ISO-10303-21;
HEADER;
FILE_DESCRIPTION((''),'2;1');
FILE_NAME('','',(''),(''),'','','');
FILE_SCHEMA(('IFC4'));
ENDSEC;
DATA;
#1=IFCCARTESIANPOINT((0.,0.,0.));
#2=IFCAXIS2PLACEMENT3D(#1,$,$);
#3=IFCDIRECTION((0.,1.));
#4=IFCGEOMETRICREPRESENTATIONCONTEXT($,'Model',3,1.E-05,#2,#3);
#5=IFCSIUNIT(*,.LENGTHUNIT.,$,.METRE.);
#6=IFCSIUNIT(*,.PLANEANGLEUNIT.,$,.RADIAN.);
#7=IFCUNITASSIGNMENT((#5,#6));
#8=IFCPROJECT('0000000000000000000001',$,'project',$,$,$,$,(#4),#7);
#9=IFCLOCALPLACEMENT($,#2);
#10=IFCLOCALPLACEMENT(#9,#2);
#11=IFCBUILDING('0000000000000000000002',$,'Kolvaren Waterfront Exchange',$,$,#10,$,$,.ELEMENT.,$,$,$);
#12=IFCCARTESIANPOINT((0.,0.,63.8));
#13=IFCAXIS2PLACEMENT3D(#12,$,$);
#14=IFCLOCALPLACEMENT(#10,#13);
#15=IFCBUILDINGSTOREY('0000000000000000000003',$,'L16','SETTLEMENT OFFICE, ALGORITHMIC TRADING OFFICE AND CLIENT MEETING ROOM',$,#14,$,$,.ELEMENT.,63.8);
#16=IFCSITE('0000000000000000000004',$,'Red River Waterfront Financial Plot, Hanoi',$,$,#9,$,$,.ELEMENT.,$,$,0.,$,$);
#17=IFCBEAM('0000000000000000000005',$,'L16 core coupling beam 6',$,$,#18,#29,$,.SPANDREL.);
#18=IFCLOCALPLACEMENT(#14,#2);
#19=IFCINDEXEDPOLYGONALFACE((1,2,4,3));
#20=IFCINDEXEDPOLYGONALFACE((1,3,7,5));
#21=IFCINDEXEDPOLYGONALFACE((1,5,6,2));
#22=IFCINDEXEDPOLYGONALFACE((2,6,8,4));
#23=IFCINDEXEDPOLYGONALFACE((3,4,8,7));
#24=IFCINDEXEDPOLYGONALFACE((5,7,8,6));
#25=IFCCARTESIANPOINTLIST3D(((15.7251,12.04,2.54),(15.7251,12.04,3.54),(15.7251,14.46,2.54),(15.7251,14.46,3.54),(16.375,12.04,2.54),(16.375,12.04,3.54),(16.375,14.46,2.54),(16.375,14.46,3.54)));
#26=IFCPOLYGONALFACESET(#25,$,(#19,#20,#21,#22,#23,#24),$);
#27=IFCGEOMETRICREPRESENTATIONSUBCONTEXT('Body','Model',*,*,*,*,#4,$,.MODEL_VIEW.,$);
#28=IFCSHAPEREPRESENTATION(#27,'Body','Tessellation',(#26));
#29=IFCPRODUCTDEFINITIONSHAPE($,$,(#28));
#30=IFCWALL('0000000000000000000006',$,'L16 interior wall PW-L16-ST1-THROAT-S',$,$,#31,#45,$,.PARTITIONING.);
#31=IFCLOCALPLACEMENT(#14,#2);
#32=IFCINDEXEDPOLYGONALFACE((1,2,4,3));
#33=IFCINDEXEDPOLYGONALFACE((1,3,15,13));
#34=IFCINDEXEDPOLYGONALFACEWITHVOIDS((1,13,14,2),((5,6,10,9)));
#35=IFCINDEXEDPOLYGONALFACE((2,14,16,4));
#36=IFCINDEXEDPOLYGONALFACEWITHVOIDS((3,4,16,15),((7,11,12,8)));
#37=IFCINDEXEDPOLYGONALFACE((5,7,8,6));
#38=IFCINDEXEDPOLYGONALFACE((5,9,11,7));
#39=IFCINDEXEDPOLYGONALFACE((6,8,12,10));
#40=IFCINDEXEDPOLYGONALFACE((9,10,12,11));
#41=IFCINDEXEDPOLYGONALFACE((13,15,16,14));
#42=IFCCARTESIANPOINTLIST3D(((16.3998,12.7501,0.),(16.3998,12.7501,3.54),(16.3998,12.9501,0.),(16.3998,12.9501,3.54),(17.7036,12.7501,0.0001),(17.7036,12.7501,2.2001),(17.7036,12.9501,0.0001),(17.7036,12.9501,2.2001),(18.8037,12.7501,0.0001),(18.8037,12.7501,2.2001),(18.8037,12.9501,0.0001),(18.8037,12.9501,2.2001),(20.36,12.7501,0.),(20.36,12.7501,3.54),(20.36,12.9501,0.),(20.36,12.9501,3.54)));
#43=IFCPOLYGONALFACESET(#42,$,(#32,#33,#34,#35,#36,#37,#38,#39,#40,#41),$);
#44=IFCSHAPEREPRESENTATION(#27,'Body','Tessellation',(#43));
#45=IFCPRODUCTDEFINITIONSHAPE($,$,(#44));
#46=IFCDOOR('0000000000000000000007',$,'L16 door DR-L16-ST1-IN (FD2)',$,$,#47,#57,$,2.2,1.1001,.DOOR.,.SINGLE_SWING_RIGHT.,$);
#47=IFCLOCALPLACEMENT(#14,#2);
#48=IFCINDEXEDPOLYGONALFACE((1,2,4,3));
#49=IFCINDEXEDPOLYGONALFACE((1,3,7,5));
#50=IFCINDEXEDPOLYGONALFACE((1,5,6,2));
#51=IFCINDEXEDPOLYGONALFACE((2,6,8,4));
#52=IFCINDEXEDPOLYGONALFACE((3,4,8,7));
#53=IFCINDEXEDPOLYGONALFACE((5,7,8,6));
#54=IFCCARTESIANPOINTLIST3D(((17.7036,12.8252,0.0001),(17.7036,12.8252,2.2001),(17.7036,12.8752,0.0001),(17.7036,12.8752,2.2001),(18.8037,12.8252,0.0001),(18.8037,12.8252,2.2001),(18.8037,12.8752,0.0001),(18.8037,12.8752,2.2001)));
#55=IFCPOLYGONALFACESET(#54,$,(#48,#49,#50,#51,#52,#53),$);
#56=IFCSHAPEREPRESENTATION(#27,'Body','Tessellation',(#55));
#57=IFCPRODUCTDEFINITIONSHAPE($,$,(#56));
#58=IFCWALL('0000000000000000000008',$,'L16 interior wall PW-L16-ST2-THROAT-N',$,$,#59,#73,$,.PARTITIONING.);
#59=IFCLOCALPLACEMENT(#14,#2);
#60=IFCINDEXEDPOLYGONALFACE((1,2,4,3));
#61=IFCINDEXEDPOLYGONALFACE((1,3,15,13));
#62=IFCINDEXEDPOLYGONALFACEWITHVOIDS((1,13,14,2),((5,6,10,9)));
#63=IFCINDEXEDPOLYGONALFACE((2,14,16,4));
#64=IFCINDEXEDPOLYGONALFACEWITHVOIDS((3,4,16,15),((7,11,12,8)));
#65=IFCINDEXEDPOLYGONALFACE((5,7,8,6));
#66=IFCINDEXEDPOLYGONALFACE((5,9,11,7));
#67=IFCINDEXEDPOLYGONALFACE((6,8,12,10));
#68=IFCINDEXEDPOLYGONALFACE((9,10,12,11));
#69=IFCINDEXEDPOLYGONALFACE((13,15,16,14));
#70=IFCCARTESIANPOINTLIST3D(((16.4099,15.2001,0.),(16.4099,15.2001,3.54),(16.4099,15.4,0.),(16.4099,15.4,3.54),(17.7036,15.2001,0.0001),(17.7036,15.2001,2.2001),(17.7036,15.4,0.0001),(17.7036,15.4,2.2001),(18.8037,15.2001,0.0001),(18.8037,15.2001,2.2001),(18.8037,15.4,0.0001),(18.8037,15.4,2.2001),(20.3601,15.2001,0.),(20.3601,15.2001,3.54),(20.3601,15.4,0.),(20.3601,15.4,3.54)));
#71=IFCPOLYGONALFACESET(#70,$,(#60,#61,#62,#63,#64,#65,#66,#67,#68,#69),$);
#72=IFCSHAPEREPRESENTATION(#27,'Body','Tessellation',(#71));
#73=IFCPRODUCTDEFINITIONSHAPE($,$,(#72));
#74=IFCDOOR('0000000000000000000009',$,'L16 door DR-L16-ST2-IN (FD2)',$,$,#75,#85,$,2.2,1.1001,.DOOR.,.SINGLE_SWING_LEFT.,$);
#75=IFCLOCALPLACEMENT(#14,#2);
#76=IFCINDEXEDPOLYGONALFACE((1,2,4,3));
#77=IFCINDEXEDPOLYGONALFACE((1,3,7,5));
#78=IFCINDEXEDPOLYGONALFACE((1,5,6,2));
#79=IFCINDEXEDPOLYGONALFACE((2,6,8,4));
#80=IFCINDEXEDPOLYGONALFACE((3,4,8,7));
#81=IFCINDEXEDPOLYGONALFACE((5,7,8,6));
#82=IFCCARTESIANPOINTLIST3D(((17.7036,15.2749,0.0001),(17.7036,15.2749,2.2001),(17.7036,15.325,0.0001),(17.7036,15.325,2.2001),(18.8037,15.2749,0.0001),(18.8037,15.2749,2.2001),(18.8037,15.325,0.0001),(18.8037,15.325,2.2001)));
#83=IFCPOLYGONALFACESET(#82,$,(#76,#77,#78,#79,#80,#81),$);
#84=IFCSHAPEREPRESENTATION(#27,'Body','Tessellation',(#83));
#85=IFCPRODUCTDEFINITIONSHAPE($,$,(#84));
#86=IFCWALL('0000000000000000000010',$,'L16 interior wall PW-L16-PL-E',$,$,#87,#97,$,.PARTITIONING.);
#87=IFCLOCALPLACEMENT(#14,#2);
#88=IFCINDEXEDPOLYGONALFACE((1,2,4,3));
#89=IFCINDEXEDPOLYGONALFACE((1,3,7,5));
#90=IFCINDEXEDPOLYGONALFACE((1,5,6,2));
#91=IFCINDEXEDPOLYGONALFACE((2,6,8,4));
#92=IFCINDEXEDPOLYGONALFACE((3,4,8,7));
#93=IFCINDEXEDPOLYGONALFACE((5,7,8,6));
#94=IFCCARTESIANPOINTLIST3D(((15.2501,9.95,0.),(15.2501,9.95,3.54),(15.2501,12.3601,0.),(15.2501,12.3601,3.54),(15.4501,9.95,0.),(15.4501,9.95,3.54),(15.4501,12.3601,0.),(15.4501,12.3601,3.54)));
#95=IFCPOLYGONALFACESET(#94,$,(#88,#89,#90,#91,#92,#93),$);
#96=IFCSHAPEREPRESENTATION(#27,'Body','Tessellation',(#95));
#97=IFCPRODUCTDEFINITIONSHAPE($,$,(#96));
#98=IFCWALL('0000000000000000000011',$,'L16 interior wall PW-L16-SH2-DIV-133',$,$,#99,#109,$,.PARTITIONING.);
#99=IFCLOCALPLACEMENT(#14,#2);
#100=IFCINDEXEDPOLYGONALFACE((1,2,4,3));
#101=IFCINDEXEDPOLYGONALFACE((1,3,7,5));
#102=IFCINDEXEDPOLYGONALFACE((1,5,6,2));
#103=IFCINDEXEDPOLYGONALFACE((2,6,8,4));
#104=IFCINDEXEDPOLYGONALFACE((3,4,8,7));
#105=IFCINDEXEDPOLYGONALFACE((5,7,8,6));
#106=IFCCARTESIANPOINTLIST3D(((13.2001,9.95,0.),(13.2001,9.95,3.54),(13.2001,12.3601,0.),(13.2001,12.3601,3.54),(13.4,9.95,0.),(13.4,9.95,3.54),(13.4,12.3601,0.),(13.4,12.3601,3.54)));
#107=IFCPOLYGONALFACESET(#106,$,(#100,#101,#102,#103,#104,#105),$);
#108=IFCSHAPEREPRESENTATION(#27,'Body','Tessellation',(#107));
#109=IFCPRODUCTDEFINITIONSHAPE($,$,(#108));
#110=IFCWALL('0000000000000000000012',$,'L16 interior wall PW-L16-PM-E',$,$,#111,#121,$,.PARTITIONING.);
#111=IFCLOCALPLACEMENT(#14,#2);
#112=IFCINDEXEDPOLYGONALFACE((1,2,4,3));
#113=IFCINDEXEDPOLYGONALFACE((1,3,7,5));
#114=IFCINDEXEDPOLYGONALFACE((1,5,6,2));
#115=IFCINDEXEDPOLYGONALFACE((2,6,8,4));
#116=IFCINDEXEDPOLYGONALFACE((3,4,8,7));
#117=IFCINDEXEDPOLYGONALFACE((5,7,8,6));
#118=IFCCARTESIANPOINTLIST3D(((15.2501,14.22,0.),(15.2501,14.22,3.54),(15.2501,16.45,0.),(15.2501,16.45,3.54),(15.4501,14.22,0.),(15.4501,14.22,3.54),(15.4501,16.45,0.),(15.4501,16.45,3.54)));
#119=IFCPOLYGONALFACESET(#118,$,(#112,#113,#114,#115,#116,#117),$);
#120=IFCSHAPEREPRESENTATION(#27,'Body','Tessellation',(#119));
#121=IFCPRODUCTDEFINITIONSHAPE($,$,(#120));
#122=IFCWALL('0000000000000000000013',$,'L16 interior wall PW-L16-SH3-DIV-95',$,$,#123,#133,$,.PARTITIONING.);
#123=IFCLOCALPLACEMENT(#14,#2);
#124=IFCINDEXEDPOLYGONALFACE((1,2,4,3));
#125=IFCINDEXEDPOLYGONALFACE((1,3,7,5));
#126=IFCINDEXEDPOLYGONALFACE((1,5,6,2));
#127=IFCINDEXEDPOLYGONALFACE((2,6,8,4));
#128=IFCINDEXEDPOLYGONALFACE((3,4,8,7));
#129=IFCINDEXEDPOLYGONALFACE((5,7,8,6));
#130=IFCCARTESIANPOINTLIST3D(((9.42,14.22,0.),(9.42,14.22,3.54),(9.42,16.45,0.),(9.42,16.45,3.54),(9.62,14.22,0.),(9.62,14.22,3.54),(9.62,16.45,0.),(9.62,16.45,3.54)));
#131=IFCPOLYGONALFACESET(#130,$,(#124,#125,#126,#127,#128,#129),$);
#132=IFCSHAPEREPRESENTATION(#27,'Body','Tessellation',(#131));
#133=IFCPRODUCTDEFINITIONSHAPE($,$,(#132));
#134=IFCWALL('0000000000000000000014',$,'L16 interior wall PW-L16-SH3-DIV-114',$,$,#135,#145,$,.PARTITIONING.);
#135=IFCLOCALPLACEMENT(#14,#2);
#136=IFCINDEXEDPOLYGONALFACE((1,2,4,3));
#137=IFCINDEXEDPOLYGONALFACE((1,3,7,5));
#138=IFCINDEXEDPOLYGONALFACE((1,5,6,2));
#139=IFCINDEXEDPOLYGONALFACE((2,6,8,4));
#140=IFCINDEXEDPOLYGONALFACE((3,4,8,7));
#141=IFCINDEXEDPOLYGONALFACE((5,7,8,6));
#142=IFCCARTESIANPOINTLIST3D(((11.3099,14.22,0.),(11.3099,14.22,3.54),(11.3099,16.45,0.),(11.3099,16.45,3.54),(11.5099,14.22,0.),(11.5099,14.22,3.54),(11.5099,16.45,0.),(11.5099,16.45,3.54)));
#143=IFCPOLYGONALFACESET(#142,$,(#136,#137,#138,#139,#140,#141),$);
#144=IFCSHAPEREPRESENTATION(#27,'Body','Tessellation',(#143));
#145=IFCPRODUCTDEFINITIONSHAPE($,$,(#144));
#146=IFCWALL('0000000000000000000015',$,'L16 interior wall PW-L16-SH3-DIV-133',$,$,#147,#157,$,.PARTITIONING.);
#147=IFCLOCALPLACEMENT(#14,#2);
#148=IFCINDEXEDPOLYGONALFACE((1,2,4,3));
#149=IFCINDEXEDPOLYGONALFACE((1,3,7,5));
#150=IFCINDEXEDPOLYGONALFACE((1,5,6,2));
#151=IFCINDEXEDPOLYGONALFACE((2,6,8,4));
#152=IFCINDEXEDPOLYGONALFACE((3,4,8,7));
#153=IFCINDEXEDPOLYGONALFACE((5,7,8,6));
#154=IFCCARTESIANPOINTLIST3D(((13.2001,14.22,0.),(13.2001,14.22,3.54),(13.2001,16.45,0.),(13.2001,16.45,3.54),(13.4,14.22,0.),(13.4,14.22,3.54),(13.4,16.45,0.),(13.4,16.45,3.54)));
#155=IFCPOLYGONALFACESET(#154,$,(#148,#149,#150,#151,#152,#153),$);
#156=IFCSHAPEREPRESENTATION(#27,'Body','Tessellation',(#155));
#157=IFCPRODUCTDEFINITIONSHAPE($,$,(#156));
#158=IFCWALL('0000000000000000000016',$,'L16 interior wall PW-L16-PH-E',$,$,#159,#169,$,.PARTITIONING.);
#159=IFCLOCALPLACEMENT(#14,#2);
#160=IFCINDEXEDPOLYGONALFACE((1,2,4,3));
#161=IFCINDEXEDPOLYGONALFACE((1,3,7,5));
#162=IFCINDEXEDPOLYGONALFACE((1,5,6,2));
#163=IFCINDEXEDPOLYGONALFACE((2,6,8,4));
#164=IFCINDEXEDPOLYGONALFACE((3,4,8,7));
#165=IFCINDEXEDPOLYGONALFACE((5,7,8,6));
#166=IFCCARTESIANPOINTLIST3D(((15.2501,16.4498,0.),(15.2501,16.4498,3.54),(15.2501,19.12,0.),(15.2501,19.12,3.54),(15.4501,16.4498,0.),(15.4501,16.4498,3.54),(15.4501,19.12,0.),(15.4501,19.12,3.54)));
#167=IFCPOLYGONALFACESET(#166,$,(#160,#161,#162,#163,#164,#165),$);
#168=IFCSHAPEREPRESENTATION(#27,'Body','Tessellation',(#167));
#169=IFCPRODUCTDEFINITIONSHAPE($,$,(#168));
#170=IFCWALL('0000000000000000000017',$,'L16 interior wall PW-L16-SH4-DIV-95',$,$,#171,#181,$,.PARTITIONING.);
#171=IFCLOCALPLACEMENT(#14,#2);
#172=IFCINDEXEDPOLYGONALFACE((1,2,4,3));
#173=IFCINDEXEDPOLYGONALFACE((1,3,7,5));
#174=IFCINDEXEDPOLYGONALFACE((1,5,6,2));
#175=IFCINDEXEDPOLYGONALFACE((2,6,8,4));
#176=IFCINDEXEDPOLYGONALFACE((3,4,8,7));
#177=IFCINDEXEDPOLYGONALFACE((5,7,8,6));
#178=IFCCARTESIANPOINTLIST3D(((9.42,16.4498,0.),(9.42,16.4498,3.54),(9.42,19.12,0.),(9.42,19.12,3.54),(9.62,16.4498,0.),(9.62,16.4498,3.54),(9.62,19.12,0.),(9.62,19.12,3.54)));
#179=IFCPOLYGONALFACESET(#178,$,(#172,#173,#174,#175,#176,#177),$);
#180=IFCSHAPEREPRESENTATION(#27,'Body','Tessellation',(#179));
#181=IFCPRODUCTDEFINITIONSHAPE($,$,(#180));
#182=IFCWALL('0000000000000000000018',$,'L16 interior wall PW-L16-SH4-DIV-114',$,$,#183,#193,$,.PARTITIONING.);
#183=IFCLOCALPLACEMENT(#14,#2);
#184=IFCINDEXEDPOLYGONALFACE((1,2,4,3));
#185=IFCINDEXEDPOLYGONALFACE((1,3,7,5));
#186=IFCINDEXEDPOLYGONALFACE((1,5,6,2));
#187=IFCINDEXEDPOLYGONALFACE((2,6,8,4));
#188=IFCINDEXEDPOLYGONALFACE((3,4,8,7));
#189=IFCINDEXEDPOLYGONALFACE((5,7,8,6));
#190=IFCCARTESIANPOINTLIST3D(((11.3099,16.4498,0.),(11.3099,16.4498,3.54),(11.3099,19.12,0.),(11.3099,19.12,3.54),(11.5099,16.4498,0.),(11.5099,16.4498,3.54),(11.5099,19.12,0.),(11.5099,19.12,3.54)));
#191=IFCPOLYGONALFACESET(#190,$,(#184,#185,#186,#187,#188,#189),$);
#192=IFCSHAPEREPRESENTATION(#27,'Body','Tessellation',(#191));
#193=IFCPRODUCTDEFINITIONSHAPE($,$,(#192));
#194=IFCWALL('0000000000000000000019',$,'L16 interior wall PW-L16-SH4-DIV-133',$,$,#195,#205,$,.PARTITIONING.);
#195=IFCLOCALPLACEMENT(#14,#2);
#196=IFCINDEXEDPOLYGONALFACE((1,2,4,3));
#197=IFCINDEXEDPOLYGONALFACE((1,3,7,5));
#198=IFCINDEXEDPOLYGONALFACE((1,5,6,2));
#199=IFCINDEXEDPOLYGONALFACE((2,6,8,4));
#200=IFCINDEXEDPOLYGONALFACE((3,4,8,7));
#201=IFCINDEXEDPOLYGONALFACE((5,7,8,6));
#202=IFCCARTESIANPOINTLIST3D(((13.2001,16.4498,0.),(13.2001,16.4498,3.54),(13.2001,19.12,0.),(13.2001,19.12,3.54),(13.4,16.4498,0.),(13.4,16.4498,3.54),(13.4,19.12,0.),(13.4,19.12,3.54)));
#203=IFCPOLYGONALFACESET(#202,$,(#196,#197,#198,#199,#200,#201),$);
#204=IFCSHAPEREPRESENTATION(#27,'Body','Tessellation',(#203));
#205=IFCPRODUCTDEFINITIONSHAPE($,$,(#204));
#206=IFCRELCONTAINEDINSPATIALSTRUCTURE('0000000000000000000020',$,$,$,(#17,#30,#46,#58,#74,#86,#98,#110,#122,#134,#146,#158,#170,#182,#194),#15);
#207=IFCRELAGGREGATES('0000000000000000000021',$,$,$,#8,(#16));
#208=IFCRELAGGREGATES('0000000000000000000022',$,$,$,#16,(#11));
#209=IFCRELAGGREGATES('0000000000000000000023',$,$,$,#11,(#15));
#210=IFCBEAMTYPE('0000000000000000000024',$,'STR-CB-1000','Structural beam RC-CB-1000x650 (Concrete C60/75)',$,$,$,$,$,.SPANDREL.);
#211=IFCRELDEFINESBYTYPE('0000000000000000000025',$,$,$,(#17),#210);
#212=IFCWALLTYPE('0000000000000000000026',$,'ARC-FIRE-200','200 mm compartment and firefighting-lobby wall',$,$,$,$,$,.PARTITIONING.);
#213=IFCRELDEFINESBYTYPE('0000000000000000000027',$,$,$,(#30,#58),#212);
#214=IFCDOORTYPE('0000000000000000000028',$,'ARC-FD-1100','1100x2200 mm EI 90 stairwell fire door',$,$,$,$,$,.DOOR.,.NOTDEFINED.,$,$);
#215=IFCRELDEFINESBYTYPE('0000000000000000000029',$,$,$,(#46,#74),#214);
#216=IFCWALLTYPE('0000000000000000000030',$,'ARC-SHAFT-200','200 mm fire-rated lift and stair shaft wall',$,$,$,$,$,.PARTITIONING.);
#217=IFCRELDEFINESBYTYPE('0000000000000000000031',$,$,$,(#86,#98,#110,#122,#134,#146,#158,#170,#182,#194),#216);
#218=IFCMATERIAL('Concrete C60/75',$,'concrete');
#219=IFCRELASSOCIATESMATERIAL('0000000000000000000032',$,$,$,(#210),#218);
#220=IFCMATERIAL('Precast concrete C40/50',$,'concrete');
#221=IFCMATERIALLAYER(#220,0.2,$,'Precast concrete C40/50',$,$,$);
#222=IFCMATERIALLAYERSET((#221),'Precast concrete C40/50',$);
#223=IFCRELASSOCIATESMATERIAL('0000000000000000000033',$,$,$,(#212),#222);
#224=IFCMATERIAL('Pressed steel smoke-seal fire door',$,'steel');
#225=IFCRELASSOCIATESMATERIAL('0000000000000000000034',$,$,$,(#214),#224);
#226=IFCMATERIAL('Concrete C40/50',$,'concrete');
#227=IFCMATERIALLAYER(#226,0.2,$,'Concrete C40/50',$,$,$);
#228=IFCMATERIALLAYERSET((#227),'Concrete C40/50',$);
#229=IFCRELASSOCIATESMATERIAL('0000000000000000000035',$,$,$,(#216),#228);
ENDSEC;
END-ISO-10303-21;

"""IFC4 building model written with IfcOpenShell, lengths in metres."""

from ifc_helpers import new_model, si_unit, direction, frame, frame_2d, origin, origin_2d, place, context, subcontext, project, spatial, rectangle, extrude, material, layer, layer_set, material_profile, profile_set, type_object, element, fill, save


model = new_model("IFC4")

# Units and contexts
model_context = context("Model", 3, precision=1e-05, world=origin(), true_north=direction((0.0, 1.0)))
body_context = subcontext(model_context, "Body", "Model", "MODEL_VIEW")
ifc_project = project(units=[si_unit("LENGTHUNIT", "METRE"), si_unit("PLANEANGLEUNIT", "RADIAN")], contexts=[model_context])

# Site, building, storey
site_placement = place(None, origin())
site = spatial("IfcSite", under=ifc_project, at=site_placement, Name="Red River Waterfront Financial Plot, Hanoi", CompositionType="ELEMENT", RefElevation=0.0)
building_placement = place(site_placement, origin())
building = spatial("IfcBuilding", under=site, at=building_placement, Name="Kolvaren Waterfront Exchange", CompositionType="ELEMENT")
storey_placement = place(building_placement, frame((0.0, 0.0, 63.8)))
storey = spatial("IfcBuildingStorey", under=building, at=storey_placement, Name="L16", Description="SETTLEMENT OFFICE, ALGORITHMIC TRADING OFFICE AND CLIENT MEETING ROOM", CompositionType="ELEMENT", Elevation=63.8)

# Beam
ifc_material_1 = material(Name="Concrete C60/75", Category="concrete")
ifc_material_profile = material_profile(ifc_material_1, rectangle(XDim=0.6499, YDim=1.0, at=origin_2d()), Name="RC-CB-1000x650")
ifc_profile_set = profile_set([ifc_material_profile], Name="Concrete C60/75")
beam_type = type_object("IfcBeamType", Name="STR-CB-1000", Description="Structural beam RC-CB-1000x650 (Concrete C60/75)", PredefinedType="SPANDREL", material=ifc_profile_set)
beam_placement = place(storey_placement, frame((16.05, 12.04, 3.04), z_axis=(0.0, 1.0, 0.0), x_axis=(-1.0, 0.0, 0.0)))
element("IfcBeam", 1, at=beam_placement, inside=storey, type_object=beam_type, Name="L16 core coupling beam 6", PredefinedType="SPANDREL", context=body_context, shape_type="SweptSolid", body=[
    extrude(rectangle(XDim=0.6499, YDim=1.0, at=origin_2d()), origin(), (0.0, 0.0, 1.0), 2.4199),
])

# Walls, openings, doors
ifc_material_2 = material(Name="Precast concrete C40/50", Category="concrete")
ifc_layer_1 = layer(ifc_material_2, 0.2, Name="Precast concrete C40/50")
ifc_layer_set_1 = layer_set([ifc_layer_1], Name="Precast concrete C40/50")
wall_type_1 = type_object("IfcWallType", Name="ARC-FIRE-200", Description="200 mm compartment and firefighting-lobby wall", PredefinedType="PARTITIONING", material=ifc_layer_set_1)
wall_1_placement = place(storey_placement, frame((16.3999, 12.8501, 0.0), z_axis=(0.0, 0.0, 1.0), x_axis=(1.0, 0.0, 0.0)))
wall_1 = element("IfcWall", 2, at=wall_1_placement, inside=storey, type_object=wall_type_1, Name="L16 interior wall PW-L16-ST1-THROAT-S", PredefinedType="PARTITIONING", context=body_context, shape_type="SweptSolid", body=[
    extrude(rectangle(XDim=3.9602, YDim=0.2, at=frame_2d((1.98, 0.0))), origin(), (0.0, 0.0, 1.0), 3.54),
])
opening_1_placement = place(wall_1_placement, frame((1.3037, 0.0, 0.0)))
opening_1 = element("IfcOpeningElement", 3, at=opening_1_placement, cuts=wall_1, PredefinedType="OPENING", context=body_context, shape_type="SweptSolid", body=[
    extrude(rectangle(XDim=1.1001, YDim=2.2, at=frame_2d((0.55, 1.1001))), frame((0.0, 0.1099, 0.0), z_axis=(0.0, -1.0, 0.0), x_axis=(1.0, 0.0, 0.0)), (0.0, 0.0, 1.0), 0.22),
])
ifc_material_3 = material(Name="Pressed steel smoke-seal fire door", Category="steel")
door_type = type_object("IfcDoorType", Name="ARC-FD-1100", Description="1100x2200 mm EI 90 stairwell fire door", OperationType="NOTDEFINED", PredefinedType="DOOR", material=ifc_material_3)
door_1_placement = place(opening_1_placement, frame((1.1001, 0.0, 0.0), z_axis=(0.0, 0.0, 1.0), x_axis=(-1.0, 0.0, 0.0)))
door_1 = element("IfcDoor", 4, at=door_1_placement, inside=storey, type_object=door_type, Name="L16 door DR-L16-ST1-IN (FD2)", OperationType="SINGLE_SWING_RIGHT", OverallHeight=2.2, OverallWidth=1.1001, PredefinedType="DOOR", context=body_context, shape_type="SweptSolid", body=[
    extrude(rectangle(XDim=1.1001, YDim=2.2, at=frame_2d((0.55, 1.1001))), frame((0.0, 0.0249, 0.0), z_axis=(0.0, -1.0, 0.0), x_axis=(1.0, 0.0, 0.0)), (0.0, 0.0, 1.0), 0.05),
])
fill(opening_1, door_1)
wall_2_placement = place(storey_placement, frame((16.4099, 15.3, 0.0), z_axis=(0.0, 0.0, 1.0), x_axis=(1.0, 0.0, 0.0)))
wall_2 = element("IfcWall", 5, at=wall_2_placement, inside=storey, type_object=wall_type_1, Name="L16 interior wall PW-L16-ST2-THROAT-N", PredefinedType="PARTITIONING", context=body_context, shape_type="SweptSolid", body=[
    extrude(rectangle(XDim=3.9502, YDim=0.2, at=frame_2d((1.9751, 0.0))), origin(), (0.0, 0.0, 1.0), 3.54),
])
opening_2_placement = place(wall_2_placement, frame((1.2937, 0.0, 0.0)))
opening_2 = element("IfcOpeningElement", 6, at=opening_2_placement, cuts=wall_2, PredefinedType="OPENING", context=body_context, shape_type="SweptSolid", body=[
    extrude(rectangle(XDim=1.1001, YDim=2.2, at=frame_2d((0.55, 1.1001))), frame((0.0, 0.1099, 0.0), z_axis=(0.0, -1.0, 0.0), x_axis=(1.0, 0.0, 0.0)), (0.0, 0.0, 1.0), 0.22),
])
door_2_placement = place(opening_2_placement, origin())
door_2 = element("IfcDoor", 7, at=door_2_placement, inside=storey, type_object=door_type, Name="L16 door DR-L16-ST2-IN (FD2)", OperationType="SINGLE_SWING_LEFT", OverallHeight=2.2, OverallWidth=1.1001, PredefinedType="DOOR", context=body_context, shape_type="SweptSolid", body=[
    extrude(rectangle(XDim=1.1001, YDim=2.2, at=frame_2d((0.55, 1.1001))), frame((0.0, 0.0249, 0.0), z_axis=(0.0, -1.0, 0.0), x_axis=(1.0, 0.0, 0.0)), (0.0, 0.0, 1.0), 0.05),
])
fill(opening_2, door_2)

# Walls
ifc_material_4 = material(Name="Concrete C40/50", Category="concrete")
ifc_layer_2 = layer(ifc_material_4, 0.2, Name="Concrete C40/50")
ifc_layer_set_2 = layer_set([ifc_layer_2], Name="Concrete C40/50")
wall_type_2 = type_object("IfcWallType", Name="ARC-SHAFT-200", Description="200 mm fire-rated lift and stair shaft wall", PredefinedType="PARTITIONING", material=ifc_layer_set_2)
for number, where, z_axis, x_axis, name in (
    (8, (15.3501, 9.95, 0.0), (0.0, 0.0, 1.0), (0.0, 1.0, 0.0), "L16 interior wall PW-L16-PL-E"),
    (9, (13.3, 9.95, 0.0), (0.0, 0.0, 1.0), (0.0, 1.0, 0.0), "L16 interior wall PW-L16-SH2-DIV-133"),
):
    element("IfcWall", number, at=place(storey_placement, frame(where, z_axis=z_axis, x_axis=x_axis)), inside=storey, type_object=wall_type_2, Name=name, PredefinedType="PARTITIONING", context=body_context, shape_type="SweptSolid", body=[
        extrude(rectangle(XDim=2.4102, YDim=0.2, at=frame_2d((1.2051, 0.0))), origin(), (0.0, 0.0, 1.0), 3.54),
    ])
for number, where, z_axis, x_axis, name in (
    (10, (15.3501, 14.22, 0.0), (0.0, 0.0, 1.0), (0.0, 1.0, 0.0), "L16 interior wall PW-L16-PM-E"),
    (11, (9.52, 14.22, 0.0), (0.0, 0.0, 1.0), (0.0, 1.0, 0.0), "L16 interior wall PW-L16-SH3-DIV-95"),
    (12, (11.4099, 14.22, 0.0), (0.0, 0.0, 1.0), (0.0, 1.0, 0.0), "L16 interior wall PW-L16-SH3-DIV-114"),
    (13, (13.3, 14.22, 0.0), (0.0, 0.0, 1.0), (0.0, 1.0, 0.0), "L16 interior wall PW-L16-SH3-DIV-133"),
):
    element("IfcWall", number, at=place(storey_placement, frame(where, z_axis=z_axis, x_axis=x_axis)), inside=storey, type_object=wall_type_2, Name=name, PredefinedType="PARTITIONING", context=body_context, shape_type="SweptSolid", body=[
        extrude(rectangle(XDim=2.23, YDim=0.2, at=frame_2d((1.115, 0.0))), origin(), (0.0, 0.0, 1.0), 3.54),
    ])
for number, where, z_axis, x_axis, name in (
    (14, (15.3501, 16.45, 0.0), (0.0, 0.0, 1.0), (0.0, 1.0, 0.0), "L16 interior wall PW-L16-PH-E"),
    (15, (9.52, 16.45, 0.0), (0.0, 0.0, 1.0), (0.0, 1.0, 0.0), "L16 interior wall PW-L16-SH4-DIV-95"),
    (16, (11.4099, 16.45, 0.0), (0.0, 0.0, 1.0), (0.0, 1.0, 0.0), "L16 interior wall PW-L16-SH4-DIV-114"),
    (17, (13.3, 16.45, 0.0), (0.0, 0.0, 1.0), (0.0, 1.0, 0.0), "L16 interior wall PW-L16-SH4-DIV-133"),
):
    element("IfcWall", number, at=place(storey_placement, frame(where, z_axis=z_axis, x_axis=x_axis)), inside=storey, type_object=wall_type_2, Name=name, PredefinedType="PARTITIONING", context=body_context, shape_type="SweptSolid", body=[
        extrude(rectangle(XDim=2.6702, YDim=0.2, at=frame_2d((1.335, 0.0))), origin(), (0.0, 0.0, 1.0), 3.54),
    ])

save(model, "model.ifc")
